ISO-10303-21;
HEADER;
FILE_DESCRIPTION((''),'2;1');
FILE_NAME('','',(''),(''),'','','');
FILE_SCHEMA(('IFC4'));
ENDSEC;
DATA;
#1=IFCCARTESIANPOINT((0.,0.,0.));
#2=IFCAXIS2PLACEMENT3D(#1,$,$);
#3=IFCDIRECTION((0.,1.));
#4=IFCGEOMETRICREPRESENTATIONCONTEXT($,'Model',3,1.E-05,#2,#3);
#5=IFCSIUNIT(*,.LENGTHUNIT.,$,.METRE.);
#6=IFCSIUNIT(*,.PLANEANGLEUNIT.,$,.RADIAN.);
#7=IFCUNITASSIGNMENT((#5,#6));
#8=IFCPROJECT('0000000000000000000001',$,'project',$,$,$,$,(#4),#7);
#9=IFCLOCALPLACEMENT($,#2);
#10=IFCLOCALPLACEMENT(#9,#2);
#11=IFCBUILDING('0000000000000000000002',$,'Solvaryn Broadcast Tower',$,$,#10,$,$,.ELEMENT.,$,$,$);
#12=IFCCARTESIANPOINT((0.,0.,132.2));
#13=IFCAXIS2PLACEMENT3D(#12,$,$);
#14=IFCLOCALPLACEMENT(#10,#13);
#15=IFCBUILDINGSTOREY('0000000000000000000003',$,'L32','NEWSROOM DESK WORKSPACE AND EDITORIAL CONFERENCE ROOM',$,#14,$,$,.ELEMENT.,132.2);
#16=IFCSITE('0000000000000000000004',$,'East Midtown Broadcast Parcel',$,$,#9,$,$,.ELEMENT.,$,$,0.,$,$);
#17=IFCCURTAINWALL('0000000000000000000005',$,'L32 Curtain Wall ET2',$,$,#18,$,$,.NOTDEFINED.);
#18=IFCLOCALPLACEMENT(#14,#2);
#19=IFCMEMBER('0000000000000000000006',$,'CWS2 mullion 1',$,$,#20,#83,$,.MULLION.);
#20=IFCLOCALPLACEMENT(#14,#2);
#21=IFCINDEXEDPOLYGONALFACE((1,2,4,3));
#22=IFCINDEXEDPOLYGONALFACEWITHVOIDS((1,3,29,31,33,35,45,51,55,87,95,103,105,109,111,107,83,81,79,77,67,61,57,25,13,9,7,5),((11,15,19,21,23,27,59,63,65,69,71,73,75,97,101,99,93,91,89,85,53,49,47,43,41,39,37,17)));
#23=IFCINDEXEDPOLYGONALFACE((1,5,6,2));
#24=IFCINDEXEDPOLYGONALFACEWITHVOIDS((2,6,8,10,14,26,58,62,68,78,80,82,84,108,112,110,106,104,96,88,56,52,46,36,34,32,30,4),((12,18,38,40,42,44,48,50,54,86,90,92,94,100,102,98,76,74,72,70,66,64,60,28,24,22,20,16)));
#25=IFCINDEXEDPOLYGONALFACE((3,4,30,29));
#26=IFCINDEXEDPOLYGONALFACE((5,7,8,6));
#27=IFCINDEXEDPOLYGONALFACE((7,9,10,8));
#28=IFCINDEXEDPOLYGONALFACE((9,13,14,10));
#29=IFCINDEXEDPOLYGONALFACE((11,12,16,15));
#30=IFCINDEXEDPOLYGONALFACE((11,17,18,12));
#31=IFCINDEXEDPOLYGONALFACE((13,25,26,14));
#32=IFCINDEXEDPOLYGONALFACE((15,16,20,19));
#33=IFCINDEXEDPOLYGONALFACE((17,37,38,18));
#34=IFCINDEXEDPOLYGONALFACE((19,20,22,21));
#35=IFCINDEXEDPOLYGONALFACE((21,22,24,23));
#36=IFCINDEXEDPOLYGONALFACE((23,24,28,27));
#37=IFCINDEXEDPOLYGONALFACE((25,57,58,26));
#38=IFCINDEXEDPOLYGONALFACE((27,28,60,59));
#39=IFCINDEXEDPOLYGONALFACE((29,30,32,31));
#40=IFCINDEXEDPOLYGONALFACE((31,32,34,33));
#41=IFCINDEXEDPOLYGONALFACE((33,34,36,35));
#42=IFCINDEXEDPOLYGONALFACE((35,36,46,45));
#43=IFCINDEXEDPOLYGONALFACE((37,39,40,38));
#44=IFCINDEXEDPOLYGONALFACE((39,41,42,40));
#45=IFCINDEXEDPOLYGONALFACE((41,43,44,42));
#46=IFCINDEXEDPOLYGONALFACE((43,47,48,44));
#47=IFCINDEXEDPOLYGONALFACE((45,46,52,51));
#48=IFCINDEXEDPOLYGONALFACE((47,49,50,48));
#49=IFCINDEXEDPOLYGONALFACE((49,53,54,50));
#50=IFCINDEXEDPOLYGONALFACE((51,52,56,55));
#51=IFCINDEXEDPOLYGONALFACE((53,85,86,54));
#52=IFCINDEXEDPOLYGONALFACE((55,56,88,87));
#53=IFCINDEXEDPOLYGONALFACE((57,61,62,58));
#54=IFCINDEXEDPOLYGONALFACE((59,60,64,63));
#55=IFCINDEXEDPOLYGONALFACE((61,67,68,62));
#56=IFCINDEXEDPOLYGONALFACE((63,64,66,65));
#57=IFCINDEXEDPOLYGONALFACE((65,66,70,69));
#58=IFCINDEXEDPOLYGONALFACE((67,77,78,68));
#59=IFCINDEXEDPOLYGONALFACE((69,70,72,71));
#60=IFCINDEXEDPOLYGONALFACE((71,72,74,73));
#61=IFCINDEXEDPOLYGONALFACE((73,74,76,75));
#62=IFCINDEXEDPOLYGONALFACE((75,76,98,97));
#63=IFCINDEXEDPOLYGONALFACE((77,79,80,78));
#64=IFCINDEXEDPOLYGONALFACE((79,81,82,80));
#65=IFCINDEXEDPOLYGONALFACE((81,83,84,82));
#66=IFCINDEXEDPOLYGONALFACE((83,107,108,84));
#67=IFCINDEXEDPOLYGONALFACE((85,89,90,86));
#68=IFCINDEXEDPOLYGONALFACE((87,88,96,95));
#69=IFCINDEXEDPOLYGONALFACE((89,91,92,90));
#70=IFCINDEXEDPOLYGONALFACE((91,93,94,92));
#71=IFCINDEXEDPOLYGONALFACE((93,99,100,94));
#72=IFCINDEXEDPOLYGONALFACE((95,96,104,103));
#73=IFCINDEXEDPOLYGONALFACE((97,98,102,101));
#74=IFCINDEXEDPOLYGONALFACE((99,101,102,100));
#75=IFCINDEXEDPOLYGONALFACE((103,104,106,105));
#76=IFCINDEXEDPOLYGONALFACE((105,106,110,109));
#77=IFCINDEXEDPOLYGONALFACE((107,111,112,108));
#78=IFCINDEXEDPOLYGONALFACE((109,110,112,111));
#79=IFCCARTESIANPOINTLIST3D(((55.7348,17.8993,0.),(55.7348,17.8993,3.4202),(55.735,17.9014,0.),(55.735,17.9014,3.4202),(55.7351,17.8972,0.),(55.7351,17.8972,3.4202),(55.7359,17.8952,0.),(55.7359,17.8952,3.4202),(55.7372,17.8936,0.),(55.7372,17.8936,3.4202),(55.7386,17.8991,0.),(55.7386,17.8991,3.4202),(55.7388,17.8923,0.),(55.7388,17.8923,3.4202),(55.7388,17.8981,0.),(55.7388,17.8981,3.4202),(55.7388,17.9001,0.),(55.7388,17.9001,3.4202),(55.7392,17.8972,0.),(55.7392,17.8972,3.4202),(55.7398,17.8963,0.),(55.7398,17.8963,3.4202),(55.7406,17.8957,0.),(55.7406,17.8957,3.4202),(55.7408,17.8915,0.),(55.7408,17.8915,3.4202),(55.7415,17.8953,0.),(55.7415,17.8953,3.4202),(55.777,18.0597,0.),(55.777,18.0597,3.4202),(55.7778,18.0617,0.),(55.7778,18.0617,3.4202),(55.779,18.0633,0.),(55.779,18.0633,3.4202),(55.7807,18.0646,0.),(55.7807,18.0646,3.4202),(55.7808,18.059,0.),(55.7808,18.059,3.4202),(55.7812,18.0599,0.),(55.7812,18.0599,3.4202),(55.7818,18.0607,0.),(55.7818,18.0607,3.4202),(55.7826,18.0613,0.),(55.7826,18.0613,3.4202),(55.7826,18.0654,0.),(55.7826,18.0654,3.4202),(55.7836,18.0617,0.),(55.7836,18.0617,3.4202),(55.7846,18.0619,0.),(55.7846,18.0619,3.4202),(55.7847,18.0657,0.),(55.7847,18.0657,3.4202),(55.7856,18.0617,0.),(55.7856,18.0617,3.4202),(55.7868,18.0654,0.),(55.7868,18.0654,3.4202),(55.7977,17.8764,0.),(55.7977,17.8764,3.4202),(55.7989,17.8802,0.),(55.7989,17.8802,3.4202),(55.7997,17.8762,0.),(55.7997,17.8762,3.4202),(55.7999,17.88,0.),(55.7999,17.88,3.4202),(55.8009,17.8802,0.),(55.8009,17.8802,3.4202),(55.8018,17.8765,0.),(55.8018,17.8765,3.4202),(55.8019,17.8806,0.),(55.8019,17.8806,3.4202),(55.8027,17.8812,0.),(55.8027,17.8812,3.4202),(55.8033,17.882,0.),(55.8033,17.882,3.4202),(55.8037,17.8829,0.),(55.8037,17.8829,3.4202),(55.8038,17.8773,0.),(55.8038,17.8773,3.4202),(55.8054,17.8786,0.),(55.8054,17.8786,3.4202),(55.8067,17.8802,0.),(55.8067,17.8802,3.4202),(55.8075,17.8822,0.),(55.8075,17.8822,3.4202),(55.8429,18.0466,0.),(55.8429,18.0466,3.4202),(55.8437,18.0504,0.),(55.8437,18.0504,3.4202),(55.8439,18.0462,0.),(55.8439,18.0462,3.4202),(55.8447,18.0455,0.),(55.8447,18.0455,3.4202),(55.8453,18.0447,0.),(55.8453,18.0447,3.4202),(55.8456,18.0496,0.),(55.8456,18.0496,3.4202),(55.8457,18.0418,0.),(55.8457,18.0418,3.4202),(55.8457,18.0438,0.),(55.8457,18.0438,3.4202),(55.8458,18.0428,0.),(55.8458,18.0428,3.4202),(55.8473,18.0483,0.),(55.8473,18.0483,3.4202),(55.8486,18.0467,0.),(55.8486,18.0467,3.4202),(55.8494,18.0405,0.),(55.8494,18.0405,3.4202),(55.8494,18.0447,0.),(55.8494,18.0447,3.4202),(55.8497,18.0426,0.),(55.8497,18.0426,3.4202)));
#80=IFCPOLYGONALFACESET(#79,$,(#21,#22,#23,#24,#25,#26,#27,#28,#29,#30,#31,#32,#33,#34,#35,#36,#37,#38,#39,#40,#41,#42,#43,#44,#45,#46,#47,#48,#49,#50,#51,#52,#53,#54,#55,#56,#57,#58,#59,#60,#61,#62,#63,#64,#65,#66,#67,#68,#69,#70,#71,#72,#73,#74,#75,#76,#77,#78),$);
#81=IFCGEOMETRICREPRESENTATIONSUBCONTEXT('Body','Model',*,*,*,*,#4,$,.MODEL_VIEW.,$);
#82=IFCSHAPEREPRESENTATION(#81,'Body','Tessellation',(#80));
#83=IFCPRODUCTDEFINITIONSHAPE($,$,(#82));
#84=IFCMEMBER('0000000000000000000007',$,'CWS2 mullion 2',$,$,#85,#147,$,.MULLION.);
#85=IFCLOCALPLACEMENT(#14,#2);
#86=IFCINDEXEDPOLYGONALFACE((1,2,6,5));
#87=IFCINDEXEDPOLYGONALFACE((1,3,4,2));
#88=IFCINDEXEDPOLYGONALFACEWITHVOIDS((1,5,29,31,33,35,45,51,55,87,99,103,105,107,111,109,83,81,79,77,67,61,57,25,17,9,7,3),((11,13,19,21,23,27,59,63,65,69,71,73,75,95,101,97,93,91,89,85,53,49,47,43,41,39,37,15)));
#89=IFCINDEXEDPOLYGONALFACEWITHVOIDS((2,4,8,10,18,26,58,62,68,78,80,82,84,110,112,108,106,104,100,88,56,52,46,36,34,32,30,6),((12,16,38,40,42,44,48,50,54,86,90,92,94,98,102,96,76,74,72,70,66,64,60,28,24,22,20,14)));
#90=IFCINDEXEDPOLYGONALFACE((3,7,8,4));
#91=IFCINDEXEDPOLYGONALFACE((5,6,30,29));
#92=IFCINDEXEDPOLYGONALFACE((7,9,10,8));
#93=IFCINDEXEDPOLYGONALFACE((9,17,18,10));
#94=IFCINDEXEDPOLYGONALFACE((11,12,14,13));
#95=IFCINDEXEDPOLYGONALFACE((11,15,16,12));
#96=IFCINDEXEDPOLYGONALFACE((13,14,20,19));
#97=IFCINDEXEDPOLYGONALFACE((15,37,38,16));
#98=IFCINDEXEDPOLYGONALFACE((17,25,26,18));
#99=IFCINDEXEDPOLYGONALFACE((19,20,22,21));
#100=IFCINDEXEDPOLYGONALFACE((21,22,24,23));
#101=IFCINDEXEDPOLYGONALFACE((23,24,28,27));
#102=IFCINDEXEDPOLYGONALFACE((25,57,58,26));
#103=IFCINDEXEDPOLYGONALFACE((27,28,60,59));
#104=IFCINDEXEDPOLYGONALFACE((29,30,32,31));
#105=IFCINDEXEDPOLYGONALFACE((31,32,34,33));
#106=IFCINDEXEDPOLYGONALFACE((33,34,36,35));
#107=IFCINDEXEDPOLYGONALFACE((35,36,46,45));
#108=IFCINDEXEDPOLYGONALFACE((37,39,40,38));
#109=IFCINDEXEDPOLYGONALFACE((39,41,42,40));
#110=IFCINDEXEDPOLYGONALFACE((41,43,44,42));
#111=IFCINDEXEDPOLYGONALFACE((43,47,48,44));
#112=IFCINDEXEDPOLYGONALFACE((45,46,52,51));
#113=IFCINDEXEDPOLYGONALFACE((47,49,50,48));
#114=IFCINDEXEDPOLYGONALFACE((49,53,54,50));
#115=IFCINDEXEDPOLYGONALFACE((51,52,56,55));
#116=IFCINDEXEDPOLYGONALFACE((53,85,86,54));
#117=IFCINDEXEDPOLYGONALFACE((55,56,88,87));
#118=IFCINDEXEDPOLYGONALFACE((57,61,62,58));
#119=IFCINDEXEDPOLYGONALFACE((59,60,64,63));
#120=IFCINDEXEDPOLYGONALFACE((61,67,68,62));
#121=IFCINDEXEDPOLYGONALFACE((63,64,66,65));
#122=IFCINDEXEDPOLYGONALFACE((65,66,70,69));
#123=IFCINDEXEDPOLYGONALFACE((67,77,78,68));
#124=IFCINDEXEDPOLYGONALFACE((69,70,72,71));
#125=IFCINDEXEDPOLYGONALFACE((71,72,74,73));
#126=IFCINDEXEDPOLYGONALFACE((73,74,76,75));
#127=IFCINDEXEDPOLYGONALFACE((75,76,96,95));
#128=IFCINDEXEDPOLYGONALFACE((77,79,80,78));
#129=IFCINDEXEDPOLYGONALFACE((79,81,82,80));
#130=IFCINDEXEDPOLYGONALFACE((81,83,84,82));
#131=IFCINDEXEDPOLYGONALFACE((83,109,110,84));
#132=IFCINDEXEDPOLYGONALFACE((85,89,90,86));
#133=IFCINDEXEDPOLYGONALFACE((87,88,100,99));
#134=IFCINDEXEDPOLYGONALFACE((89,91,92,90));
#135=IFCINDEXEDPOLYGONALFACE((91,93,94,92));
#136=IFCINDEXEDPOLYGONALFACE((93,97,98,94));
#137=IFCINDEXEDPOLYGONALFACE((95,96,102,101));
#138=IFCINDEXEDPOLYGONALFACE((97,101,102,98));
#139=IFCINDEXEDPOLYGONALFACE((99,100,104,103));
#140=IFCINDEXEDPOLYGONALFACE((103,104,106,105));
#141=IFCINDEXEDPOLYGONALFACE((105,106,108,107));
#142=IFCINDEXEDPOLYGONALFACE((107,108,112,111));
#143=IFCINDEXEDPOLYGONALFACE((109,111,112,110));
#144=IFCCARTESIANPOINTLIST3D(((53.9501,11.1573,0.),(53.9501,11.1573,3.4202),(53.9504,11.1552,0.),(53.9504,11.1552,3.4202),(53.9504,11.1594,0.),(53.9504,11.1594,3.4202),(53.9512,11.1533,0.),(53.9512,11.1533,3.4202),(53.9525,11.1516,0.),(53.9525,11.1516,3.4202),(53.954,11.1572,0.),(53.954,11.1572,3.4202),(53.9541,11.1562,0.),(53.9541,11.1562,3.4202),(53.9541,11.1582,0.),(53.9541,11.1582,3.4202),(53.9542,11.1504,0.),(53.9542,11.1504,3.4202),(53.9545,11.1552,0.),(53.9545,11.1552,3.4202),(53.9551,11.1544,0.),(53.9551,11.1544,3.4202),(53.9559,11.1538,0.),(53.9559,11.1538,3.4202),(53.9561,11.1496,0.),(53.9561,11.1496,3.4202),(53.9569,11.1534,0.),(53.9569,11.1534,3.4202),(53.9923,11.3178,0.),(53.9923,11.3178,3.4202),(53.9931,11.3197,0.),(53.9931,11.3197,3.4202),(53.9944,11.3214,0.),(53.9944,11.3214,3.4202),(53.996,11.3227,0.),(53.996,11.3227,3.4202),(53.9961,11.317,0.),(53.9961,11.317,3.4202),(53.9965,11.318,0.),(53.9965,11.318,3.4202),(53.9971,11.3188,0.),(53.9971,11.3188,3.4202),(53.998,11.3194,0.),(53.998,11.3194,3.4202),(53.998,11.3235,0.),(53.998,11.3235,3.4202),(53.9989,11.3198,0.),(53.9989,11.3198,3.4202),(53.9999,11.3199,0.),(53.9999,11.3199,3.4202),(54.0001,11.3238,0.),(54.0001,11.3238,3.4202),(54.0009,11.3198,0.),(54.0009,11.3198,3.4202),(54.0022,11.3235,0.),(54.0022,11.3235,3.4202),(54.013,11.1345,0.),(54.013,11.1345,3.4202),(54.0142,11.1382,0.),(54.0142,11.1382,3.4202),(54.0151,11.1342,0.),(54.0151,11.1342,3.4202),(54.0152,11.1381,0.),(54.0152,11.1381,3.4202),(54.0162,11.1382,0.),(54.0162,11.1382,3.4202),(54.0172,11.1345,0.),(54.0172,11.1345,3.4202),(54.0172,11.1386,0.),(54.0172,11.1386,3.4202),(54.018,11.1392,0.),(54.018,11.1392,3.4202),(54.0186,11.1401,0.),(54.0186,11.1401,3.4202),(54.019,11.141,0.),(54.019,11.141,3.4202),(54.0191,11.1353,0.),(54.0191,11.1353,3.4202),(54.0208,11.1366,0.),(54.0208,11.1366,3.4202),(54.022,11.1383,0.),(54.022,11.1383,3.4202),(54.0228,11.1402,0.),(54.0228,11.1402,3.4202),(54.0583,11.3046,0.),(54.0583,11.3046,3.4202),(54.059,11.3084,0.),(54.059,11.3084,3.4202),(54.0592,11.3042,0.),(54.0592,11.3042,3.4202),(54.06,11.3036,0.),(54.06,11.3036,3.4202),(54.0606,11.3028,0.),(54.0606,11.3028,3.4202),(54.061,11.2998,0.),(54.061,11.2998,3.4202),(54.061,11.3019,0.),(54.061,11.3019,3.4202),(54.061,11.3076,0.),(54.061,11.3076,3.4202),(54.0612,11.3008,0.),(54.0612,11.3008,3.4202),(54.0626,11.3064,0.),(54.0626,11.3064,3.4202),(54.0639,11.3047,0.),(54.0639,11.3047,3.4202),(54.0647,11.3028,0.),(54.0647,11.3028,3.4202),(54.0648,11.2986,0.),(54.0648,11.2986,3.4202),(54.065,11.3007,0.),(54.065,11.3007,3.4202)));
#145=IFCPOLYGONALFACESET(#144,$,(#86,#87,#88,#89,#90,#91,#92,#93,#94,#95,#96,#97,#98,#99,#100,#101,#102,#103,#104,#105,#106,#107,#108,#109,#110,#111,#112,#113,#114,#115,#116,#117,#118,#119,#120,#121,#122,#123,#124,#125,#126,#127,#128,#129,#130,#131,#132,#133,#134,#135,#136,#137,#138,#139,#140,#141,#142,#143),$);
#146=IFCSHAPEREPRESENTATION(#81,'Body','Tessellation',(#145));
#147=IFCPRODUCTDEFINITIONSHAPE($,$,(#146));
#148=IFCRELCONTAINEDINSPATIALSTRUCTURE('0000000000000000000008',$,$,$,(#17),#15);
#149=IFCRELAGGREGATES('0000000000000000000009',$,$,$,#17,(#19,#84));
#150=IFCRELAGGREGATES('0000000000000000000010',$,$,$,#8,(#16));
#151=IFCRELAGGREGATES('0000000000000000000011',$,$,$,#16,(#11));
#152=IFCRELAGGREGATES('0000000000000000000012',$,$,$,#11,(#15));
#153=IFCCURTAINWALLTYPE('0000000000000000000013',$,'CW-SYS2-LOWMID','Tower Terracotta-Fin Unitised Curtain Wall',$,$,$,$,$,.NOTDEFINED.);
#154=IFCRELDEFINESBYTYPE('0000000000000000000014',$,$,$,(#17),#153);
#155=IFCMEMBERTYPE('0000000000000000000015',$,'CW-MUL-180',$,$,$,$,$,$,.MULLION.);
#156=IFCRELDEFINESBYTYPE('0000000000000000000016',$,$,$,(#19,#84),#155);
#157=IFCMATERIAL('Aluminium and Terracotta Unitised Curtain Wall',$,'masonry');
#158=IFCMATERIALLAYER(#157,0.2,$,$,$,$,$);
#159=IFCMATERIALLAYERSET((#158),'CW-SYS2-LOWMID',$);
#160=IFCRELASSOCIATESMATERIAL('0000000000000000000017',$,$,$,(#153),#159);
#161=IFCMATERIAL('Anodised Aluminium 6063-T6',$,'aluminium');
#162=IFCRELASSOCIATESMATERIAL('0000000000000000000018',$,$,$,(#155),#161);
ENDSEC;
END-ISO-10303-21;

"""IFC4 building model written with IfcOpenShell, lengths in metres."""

from ifc_helpers import new_model, si_unit, direction, frame, origin, origin_2d, place, context, subcontext, project, spatial, hollow_rectangle, extrude, material, layer, layer_set, material_profile, profile_set, type_object, element, aggregate, save


model = new_model("IFC4")

# Units and contexts
model_context = context("Model", 3, precision=1e-05, world=origin(), true_north=direction((0.0, 1.0)))
body_context = subcontext(model_context, "Body", "Model", "MODEL_VIEW")
ifc_project = project(units=[si_unit("LENGTHUNIT", "METRE"), si_unit("PLANEANGLEUNIT", "RADIAN")], contexts=[model_context])

# Site, building, storey
site_placement = place(None, origin())
site = spatial("IfcSite", under=ifc_project, at=site_placement, Name="East Midtown Broadcast Parcel", CompositionType="ELEMENT", RefElevation=0.0)
building_placement = place(site_placement, origin())
building = spatial("IfcBuilding", under=site, at=building_placement, Name="Solvaryn Broadcast Tower", CompositionType="ELEMENT")
storey_placement = place(building_placement, frame((0.0, 0.0, 132.2)))
storey = spatial("IfcBuildingStorey", under=building, at=storey_placement, Name="L32", Description="NEWSROOM DESK WORKSPACE AND EDITORIAL CONFERENCE ROOM", CompositionType="ELEMENT", Elevation=132.2)

# Shared definitions
ifc_material_1 = material(Name="Aluminium and Terracotta Unitised Curtain Wall", Category="masonry")
ifc_layer_1 = layer(ifc_material_1, 0.2)
ifc_layer_set_1 = layer_set([ifc_layer_1], Name="CW-SYS2-LOWMID")
curtain_wall_type = type_object("IfcCurtainWallType", Name="CW-SYS2-LOWMID", Description="Tower Terracotta-Fin Unitised Curtain Wall", PredefinedType="NOTDEFINED", material=ifc_layer_set_1)
ifc_material_2 = material(Name="Anodised Aluminium 6063-T6", Category="aluminium")
ifc_material_profile_1 = material_profile(ifc_material_2, hollow_rectangle(XDim=0.075, YDim=0.1799, WallThickness=0.0039, InnerFilletRadius=0.0039, OuterFilletRadius=0.0081, at=origin_2d()))
ifc_profile_set_1 = profile_set([ifc_material_profile_1], Name="Anodised Aluminium 6063-T6")
member_type_1 = type_object("IfcMemberType", Name="CW-MUL-180", PredefinedType="MULLION", material=ifc_profile_set_1)

# Curtain wall, members
curtain_wall_1_placement = place(storey_placement, origin())
curtain_wall_1 = element("IfcCurtainWall", 1, at=curtain_wall_1_placement, inside=storey, type_object=curtain_wall_type, Name="L32 Curtain Wall ET2", PredefinedType="NOTDEFINED")
member_1_placement = place(storey_placement, frame((55.7922, 17.9709, 0.0), z_axis=(0.0, 0.0, 1.0), x_axis=(0.966705, -0.255893, 0.0)))
member_1 = element("IfcMember", 2, at=member_1_placement, type_object=member_type_1, Name="CWS2 mullion 1", PredefinedType="MULLION", context=body_context, shape_type="SweptSolid", body=[
    extrude(hollow_rectangle(XDim=0.075, YDim=0.1799, WallThickness=0.0039, InnerFilletRadius=0.0039, OuterFilletRadius=0.0081, at=origin_2d()), origin(), (0.0, 0.0, 1.0), 3.4202),
])
member_2_placement = place(storey_placement, frame((54.0076, 11.229, 0.0), z_axis=(0.0, 0.0, 1.0), x_axis=(0.966705, -0.255893, 0.0)))
member_2 = element("IfcMember", 3, at=member_2_placement, type_object=member_type_1, Name="CWS2 mullion 2", PredefinedType="MULLION", context=body_context, shape_type="SweptSolid", body=[
    extrude(hollow_rectangle(XDim=0.075, YDim=0.1799, WallThickness=0.0039, InnerFilletRadius=0.0039, OuterFilletRadius=0.0081, at=origin_2d()), origin(), (0.0, 0.0, 1.0), 3.4202),
])

aggregate(curtain_wall_1, [member_1, member_2])

save(model, "model.ifc")
